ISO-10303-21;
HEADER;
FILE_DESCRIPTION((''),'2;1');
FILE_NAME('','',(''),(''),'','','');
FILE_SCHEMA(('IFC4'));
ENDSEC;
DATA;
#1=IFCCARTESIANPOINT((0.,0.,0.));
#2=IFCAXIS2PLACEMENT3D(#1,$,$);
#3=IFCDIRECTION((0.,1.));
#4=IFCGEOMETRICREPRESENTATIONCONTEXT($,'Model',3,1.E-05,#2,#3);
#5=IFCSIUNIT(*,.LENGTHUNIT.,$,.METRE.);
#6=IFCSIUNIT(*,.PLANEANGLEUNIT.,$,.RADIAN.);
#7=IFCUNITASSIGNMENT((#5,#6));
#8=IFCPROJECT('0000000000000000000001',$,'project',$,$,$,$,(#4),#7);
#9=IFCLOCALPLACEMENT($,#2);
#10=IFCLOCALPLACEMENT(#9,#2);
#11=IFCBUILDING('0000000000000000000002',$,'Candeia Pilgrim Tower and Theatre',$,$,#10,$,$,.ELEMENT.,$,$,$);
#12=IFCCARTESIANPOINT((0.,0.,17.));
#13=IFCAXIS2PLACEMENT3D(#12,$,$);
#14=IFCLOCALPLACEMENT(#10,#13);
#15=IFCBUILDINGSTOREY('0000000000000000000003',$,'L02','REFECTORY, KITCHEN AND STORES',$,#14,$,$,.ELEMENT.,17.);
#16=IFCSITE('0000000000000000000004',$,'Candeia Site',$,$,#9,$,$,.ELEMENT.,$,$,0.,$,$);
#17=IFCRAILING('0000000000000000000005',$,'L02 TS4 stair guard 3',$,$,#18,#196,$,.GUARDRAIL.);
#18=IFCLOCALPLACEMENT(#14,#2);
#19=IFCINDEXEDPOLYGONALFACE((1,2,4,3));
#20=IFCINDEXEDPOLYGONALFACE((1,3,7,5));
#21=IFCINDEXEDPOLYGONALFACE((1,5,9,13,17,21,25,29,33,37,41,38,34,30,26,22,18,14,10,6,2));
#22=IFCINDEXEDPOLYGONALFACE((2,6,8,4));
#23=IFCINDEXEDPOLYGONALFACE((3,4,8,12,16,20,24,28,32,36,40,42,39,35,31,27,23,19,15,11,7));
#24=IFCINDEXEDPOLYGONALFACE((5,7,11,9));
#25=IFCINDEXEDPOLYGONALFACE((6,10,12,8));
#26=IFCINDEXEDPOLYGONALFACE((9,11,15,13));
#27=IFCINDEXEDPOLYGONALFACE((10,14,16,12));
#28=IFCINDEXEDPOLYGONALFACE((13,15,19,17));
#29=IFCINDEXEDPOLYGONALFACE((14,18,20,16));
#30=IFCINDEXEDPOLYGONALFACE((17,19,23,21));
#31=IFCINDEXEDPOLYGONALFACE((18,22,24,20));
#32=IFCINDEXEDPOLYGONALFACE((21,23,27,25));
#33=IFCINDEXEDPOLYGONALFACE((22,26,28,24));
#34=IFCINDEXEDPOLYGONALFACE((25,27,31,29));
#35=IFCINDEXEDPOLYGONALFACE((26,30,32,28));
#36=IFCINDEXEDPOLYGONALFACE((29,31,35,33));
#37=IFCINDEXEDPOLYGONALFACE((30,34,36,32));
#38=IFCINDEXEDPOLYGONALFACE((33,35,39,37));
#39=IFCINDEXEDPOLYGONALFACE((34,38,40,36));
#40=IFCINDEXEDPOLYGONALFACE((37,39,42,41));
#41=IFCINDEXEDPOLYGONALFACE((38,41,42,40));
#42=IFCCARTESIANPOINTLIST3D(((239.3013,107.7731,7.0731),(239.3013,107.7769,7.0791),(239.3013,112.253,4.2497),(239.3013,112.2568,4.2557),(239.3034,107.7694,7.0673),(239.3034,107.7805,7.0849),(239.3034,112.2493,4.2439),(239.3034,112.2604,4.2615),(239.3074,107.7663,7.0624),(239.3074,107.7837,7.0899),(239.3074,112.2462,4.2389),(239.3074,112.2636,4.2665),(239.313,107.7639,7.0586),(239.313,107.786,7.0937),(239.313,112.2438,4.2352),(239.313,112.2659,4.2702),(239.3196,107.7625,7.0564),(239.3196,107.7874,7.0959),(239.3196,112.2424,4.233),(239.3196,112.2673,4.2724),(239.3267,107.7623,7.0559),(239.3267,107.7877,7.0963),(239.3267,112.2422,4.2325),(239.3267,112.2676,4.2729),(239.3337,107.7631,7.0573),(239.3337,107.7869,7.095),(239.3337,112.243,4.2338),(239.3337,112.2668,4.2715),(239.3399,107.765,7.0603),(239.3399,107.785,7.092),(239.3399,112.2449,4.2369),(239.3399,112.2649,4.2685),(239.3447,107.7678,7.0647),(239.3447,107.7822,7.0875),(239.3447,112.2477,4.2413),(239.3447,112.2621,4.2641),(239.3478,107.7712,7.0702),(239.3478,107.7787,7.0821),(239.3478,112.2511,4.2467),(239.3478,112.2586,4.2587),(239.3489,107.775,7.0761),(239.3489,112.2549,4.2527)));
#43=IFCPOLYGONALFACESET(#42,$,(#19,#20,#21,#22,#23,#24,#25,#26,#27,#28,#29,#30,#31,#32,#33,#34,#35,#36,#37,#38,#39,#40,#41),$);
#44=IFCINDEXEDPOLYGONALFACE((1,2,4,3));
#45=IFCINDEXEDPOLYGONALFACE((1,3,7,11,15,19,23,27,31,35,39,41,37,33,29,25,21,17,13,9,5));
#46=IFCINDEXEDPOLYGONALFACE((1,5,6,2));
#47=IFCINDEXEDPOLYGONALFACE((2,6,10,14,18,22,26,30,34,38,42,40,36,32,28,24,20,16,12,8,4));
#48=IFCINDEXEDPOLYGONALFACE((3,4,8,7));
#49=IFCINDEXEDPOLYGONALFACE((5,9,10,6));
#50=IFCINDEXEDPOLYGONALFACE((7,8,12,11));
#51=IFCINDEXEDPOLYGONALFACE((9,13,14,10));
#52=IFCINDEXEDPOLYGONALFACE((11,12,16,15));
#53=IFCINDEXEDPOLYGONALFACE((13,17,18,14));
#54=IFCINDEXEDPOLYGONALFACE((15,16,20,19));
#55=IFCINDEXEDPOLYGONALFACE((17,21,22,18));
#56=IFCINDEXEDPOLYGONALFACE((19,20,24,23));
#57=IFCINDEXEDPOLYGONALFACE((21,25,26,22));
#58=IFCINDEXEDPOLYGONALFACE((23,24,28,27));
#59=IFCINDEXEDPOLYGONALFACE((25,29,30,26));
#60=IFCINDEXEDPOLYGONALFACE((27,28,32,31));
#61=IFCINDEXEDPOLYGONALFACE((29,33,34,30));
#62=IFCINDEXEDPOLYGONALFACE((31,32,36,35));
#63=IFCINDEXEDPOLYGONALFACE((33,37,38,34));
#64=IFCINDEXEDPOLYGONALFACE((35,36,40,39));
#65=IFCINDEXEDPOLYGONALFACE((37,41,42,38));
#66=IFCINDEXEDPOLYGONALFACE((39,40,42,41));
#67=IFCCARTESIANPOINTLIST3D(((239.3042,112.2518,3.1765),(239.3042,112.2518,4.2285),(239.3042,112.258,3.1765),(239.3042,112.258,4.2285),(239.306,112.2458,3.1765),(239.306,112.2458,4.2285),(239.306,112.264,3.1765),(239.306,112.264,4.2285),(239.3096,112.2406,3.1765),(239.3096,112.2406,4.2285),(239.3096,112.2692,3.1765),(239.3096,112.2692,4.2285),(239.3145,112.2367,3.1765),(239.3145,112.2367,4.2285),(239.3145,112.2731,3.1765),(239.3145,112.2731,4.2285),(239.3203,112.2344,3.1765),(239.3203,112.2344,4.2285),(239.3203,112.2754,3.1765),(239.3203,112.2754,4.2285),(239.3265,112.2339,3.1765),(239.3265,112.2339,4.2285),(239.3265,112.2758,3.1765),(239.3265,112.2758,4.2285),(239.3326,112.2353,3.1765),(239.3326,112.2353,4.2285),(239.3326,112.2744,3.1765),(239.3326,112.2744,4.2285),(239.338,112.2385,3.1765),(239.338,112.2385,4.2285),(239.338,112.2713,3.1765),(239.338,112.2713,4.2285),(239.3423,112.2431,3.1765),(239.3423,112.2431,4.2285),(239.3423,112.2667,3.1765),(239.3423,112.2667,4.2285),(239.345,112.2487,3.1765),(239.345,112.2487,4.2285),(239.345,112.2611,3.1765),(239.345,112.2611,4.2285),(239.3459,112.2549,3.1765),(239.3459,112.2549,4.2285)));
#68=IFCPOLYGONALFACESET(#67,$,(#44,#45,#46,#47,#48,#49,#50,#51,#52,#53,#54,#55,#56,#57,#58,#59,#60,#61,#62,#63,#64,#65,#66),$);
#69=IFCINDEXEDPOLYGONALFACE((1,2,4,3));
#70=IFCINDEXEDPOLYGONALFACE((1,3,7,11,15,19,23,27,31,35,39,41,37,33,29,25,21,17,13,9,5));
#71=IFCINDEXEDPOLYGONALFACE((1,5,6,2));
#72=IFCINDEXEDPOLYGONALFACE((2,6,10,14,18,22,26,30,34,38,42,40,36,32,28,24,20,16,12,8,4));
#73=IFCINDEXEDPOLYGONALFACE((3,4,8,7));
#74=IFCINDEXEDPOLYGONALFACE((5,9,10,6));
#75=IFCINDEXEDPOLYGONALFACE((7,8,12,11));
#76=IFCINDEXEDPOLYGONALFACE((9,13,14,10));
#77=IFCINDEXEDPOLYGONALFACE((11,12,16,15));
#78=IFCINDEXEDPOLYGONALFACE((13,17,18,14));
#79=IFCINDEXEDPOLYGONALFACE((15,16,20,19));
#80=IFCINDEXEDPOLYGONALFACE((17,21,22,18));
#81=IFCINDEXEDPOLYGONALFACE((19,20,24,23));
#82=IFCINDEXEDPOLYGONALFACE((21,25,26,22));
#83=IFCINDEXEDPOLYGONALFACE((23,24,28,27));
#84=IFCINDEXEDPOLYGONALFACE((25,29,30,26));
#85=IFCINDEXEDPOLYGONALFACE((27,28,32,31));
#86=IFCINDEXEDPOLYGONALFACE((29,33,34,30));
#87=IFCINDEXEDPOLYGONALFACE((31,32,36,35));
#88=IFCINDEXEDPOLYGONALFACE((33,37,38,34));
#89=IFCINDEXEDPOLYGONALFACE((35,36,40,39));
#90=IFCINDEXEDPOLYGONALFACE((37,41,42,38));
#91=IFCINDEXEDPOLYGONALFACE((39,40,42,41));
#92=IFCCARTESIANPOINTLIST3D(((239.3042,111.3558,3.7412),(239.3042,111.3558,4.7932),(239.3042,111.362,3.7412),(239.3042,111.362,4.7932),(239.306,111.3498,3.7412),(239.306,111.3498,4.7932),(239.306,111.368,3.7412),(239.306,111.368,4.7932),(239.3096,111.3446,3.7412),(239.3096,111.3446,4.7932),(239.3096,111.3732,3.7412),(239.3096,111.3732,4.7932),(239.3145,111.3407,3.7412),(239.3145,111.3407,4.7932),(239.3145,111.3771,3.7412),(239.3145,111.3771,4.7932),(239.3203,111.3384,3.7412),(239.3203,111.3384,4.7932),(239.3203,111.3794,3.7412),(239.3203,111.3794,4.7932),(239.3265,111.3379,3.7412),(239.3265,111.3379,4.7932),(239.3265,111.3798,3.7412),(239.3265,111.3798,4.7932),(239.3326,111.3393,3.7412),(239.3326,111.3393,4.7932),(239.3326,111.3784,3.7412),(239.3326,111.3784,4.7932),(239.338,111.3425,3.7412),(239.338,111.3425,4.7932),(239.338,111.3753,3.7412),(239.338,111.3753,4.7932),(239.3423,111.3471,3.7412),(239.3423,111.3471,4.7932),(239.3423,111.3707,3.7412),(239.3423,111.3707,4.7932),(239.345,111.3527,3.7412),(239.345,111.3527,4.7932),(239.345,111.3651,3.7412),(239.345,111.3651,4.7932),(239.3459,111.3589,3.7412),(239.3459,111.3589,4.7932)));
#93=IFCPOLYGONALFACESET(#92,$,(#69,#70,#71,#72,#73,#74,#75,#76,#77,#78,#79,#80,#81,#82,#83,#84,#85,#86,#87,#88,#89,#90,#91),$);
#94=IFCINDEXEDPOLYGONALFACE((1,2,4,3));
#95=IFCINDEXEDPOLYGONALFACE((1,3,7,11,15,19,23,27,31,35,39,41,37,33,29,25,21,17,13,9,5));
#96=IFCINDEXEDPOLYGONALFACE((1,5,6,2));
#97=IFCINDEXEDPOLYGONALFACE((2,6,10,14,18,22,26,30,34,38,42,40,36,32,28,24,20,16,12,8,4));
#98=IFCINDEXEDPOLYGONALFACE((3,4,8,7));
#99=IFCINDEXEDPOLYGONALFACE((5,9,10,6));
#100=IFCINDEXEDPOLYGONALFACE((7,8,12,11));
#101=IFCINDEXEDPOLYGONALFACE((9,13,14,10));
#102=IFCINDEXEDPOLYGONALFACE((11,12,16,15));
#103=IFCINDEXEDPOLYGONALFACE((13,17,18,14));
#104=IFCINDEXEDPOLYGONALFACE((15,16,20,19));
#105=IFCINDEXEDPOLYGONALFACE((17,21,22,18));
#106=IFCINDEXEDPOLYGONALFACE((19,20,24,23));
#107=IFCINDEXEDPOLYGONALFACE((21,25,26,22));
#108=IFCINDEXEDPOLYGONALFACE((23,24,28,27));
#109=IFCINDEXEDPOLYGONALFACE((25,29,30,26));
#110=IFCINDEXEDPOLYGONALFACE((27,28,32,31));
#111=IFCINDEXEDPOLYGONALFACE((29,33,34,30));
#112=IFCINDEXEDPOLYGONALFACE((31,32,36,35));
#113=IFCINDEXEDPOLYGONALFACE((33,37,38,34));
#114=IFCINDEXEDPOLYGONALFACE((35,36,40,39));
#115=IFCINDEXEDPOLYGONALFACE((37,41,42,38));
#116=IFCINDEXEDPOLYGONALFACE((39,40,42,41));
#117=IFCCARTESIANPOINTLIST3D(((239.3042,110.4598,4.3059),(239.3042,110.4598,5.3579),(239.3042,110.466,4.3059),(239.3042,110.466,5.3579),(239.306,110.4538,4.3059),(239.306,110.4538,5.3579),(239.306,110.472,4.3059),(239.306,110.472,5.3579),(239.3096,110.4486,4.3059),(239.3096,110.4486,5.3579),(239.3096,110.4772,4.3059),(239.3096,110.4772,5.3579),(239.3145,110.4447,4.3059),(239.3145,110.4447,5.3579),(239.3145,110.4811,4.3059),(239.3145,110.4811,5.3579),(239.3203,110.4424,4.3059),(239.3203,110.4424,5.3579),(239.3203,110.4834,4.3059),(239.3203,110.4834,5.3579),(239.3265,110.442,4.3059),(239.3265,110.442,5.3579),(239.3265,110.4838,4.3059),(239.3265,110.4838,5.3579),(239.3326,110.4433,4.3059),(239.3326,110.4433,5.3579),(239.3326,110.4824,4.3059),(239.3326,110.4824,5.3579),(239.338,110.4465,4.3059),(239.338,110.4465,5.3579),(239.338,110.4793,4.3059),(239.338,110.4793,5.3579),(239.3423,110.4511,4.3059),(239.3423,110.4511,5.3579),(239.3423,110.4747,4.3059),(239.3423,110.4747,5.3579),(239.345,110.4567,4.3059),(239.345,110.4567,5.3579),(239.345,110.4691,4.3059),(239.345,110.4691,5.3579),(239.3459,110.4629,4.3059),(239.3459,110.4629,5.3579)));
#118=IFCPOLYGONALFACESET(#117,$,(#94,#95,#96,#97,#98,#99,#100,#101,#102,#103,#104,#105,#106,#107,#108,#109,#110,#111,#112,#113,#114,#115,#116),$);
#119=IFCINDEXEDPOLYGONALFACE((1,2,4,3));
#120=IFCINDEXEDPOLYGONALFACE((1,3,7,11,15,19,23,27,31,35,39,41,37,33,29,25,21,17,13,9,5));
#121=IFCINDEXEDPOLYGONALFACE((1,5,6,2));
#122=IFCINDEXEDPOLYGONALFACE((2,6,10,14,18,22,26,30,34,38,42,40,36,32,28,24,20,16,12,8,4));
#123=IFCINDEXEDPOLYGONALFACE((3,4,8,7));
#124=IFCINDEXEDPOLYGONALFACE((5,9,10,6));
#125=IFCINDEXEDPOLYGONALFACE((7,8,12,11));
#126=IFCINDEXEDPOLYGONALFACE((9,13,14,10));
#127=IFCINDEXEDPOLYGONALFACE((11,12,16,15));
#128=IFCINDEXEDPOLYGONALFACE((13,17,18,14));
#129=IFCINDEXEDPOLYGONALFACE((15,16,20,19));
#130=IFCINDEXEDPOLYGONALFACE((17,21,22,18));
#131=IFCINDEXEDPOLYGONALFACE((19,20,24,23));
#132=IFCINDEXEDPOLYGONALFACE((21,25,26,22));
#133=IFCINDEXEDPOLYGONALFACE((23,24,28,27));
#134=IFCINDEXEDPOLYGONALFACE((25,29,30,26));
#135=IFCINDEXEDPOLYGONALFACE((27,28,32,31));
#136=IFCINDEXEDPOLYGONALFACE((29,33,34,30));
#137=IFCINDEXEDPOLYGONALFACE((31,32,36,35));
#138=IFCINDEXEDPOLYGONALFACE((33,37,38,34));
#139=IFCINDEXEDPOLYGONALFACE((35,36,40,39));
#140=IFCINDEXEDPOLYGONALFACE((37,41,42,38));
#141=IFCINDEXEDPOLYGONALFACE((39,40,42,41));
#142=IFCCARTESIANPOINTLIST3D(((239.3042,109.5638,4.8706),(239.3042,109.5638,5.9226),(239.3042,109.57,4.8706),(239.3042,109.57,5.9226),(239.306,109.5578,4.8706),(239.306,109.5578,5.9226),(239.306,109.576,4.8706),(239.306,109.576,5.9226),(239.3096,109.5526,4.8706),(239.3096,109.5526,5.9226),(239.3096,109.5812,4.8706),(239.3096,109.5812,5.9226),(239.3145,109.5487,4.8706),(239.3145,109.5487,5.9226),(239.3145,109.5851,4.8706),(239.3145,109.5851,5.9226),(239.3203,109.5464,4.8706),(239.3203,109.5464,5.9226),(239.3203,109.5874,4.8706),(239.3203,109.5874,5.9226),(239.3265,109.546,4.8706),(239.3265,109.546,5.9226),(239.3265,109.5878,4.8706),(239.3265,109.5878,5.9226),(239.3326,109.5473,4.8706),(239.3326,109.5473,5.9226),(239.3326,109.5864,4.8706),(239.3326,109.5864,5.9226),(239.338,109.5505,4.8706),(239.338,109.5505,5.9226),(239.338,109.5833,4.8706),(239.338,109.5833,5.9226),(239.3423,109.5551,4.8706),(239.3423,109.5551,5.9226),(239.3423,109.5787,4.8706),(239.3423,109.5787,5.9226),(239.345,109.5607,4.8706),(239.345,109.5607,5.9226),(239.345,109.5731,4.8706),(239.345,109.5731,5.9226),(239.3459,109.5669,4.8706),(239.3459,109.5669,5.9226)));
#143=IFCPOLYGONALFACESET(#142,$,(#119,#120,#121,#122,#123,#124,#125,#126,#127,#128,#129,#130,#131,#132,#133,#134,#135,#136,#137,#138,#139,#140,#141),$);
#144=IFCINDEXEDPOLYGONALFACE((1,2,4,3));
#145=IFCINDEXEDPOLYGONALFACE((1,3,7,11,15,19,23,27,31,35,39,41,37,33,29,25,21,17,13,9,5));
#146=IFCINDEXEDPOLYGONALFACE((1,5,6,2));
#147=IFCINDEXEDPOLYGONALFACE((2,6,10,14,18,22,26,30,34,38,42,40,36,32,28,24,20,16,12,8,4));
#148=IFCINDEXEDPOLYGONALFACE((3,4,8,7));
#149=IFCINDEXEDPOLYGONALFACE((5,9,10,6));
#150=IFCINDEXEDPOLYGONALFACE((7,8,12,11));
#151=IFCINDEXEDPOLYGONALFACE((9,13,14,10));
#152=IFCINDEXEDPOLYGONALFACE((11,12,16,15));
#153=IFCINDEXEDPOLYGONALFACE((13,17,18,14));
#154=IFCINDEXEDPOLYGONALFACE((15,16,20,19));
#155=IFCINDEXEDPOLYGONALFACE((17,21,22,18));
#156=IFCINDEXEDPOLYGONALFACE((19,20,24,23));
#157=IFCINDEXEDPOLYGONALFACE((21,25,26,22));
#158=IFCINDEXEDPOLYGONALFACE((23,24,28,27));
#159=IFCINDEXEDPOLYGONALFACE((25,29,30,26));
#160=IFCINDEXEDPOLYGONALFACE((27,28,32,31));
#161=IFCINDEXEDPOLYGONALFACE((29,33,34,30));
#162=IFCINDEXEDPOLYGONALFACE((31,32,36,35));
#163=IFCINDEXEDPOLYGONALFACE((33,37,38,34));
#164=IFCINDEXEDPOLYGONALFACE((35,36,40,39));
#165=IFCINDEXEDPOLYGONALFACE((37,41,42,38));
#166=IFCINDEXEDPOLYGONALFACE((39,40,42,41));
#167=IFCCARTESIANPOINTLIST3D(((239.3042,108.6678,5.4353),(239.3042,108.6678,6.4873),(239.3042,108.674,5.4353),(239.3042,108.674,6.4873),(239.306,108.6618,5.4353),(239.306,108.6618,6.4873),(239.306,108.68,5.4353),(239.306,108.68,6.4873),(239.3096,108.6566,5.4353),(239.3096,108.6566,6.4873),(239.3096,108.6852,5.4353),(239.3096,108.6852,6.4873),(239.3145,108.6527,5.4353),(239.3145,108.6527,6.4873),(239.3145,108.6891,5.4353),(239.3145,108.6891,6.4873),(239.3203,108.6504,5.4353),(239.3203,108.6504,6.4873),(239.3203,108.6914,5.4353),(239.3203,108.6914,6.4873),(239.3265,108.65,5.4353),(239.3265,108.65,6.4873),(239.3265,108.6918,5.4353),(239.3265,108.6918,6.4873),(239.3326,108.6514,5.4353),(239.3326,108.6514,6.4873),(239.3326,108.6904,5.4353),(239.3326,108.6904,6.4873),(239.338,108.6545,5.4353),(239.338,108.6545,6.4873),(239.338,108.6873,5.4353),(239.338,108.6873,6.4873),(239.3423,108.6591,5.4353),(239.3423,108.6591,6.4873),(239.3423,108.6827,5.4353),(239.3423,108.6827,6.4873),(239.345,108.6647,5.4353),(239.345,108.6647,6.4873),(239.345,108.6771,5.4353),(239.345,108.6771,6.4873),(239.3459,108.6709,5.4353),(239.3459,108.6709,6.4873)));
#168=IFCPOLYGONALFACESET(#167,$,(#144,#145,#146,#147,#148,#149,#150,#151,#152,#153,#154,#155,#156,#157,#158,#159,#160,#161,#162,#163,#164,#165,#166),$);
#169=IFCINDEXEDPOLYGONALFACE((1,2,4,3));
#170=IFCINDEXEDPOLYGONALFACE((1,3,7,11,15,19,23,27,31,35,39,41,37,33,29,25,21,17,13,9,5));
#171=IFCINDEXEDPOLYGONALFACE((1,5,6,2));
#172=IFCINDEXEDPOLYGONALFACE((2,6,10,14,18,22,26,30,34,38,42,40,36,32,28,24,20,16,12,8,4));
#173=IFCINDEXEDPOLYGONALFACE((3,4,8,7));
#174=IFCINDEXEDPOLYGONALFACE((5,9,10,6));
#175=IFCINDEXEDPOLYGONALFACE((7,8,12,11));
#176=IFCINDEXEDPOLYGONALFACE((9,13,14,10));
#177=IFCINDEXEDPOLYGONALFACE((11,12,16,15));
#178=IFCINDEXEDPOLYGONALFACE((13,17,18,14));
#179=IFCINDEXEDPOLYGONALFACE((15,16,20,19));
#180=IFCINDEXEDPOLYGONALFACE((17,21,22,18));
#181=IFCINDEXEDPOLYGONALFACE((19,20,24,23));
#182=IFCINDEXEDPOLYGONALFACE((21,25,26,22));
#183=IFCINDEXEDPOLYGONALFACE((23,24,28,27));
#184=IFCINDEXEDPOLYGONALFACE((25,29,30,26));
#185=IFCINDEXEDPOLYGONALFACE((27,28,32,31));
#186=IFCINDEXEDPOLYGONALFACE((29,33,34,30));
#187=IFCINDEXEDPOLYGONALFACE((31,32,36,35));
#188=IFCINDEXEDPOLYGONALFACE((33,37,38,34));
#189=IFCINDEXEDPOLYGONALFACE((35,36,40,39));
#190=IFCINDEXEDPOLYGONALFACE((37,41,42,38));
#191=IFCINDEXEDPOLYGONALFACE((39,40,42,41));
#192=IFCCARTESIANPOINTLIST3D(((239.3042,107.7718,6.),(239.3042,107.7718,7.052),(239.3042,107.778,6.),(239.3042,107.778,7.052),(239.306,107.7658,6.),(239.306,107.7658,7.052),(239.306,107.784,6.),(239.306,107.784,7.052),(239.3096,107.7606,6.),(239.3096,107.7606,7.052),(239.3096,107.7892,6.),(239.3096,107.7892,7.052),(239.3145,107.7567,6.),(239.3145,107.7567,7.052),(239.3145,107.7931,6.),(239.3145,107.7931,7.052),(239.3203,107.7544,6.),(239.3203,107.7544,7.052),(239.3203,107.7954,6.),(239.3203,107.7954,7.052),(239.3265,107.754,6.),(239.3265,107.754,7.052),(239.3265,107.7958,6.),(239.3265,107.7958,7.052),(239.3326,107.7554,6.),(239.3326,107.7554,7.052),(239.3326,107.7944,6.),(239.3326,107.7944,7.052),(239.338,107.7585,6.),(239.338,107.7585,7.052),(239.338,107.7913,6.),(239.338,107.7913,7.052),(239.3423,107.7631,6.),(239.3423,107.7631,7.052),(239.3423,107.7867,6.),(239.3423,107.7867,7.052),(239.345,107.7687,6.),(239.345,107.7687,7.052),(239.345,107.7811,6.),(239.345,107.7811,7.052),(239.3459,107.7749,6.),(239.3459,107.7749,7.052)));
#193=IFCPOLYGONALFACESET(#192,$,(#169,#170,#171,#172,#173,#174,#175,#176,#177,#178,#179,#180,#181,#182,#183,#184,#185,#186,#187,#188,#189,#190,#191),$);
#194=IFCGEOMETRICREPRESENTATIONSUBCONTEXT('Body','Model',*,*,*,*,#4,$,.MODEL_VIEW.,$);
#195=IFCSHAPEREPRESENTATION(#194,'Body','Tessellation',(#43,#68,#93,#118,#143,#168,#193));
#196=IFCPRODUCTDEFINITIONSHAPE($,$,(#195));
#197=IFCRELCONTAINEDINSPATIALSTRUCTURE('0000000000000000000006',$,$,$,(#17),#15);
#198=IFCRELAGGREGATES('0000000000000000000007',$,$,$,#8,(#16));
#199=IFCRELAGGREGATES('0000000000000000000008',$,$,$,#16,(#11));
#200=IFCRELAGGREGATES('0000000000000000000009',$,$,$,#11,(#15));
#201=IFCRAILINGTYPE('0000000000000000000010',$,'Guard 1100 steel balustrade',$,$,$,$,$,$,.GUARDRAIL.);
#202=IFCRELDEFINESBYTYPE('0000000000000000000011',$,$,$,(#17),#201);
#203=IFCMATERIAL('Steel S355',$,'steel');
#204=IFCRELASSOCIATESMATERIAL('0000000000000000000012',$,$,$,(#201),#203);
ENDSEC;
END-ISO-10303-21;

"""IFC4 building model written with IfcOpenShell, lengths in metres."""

from ifc_helpers import new_model, si_unit, direction, frame, origin, origin_2d, place, context, subcontext, project, spatial, circle, extrude, material, type_object, element, save


model = new_model("IFC4")

# Units and contexts
model_context = context("Model", 3, precision=1e-05, world=origin(), true_north=direction((0.0, 1.0)))
body_context = subcontext(model_context, "Body", "Model", "MODEL_VIEW")
ifc_project = project(units=[si_unit("LENGTHUNIT", "METRE"), si_unit("PLANEANGLEUNIT", "RADIAN")], contexts=[model_context])

# Site, building, storey
site_placement = place(None, origin())
site = spatial("IfcSite", under=ifc_project, at=site_placement, Name="Candeia Site", CompositionType="ELEMENT", RefElevation=0.0)
building_placement = place(site_placement, origin())
building = spatial("IfcBuilding", under=site, at=building_placement, Name="Candeia Pilgrim Tower and Theatre", CompositionType="ELEMENT")
storey_placement = place(building_placement, frame((0.0, 0.0, 17.0)))
storey = spatial("IfcBuildingStorey", under=building, at=storey_placement, Name="L02", Description="REFECTORY, KITCHEN AND STORES", CompositionType="ELEMENT", Elevation=17.0)

# Railing
ifc_material_1 = material(Name="Steel S355", Category="steel")
railing_type_1 = type_object("IfcRailingType", Name="Guard 1100 steel balustrade", PredefinedType="GUARDRAIL", material=ifc_material_1)
railing_1_placement = place(storey_placement, frame((239.325, 112.2549, 3.1765)))
element("IfcRailing", 1, at=railing_1_placement, inside=storey, type_object=railing_type_1, Name="L02 TS4 stair guard 3", PredefinedType="GUARDRAIL", context=body_context, shape_type="SweptSolid", body=[
    extrude(circle(Radius=0.0239, at=origin_2d()), frame((0.0, 0.0, 1.0762), z_axis=(0.0, -0.845998, 0.533186), x_axis=(1.0, 0.0, 0.0)), (0.0, 0.0, 1.0), 5.2954),
    extrude(circle(Radius=0.021, at=origin_2d()), origin(), (0.0, 0.0, 1.0), 1.052),
    extrude(circle(Radius=0.021, at=origin_2d()), frame((0.0, -0.896, 0.5647)), (0.0, 0.0, 1.0), 1.052),
    extrude(circle(Radius=0.021, at=origin_2d()), frame((0.0, -1.792, 1.1294)), (0.0, 0.0, 1.0), 1.052),
    extrude(circle(Radius=0.021, at=origin_2d()), frame((0.0, -2.688, 1.6941)), (0.0, 0.0, 1.0), 1.052),
    extrude(circle(Radius=0.021, at=origin_2d()), frame((0.0, -3.584, 2.2588)), (0.0, 0.0, 1.0), 1.052),
    extrude(circle(Radius=0.021, at=origin_2d()), frame((0.0, -4.48, 2.8235)), (0.0, 0.0, 1.0), 1.052),
])

save(model, "model.ifc")
